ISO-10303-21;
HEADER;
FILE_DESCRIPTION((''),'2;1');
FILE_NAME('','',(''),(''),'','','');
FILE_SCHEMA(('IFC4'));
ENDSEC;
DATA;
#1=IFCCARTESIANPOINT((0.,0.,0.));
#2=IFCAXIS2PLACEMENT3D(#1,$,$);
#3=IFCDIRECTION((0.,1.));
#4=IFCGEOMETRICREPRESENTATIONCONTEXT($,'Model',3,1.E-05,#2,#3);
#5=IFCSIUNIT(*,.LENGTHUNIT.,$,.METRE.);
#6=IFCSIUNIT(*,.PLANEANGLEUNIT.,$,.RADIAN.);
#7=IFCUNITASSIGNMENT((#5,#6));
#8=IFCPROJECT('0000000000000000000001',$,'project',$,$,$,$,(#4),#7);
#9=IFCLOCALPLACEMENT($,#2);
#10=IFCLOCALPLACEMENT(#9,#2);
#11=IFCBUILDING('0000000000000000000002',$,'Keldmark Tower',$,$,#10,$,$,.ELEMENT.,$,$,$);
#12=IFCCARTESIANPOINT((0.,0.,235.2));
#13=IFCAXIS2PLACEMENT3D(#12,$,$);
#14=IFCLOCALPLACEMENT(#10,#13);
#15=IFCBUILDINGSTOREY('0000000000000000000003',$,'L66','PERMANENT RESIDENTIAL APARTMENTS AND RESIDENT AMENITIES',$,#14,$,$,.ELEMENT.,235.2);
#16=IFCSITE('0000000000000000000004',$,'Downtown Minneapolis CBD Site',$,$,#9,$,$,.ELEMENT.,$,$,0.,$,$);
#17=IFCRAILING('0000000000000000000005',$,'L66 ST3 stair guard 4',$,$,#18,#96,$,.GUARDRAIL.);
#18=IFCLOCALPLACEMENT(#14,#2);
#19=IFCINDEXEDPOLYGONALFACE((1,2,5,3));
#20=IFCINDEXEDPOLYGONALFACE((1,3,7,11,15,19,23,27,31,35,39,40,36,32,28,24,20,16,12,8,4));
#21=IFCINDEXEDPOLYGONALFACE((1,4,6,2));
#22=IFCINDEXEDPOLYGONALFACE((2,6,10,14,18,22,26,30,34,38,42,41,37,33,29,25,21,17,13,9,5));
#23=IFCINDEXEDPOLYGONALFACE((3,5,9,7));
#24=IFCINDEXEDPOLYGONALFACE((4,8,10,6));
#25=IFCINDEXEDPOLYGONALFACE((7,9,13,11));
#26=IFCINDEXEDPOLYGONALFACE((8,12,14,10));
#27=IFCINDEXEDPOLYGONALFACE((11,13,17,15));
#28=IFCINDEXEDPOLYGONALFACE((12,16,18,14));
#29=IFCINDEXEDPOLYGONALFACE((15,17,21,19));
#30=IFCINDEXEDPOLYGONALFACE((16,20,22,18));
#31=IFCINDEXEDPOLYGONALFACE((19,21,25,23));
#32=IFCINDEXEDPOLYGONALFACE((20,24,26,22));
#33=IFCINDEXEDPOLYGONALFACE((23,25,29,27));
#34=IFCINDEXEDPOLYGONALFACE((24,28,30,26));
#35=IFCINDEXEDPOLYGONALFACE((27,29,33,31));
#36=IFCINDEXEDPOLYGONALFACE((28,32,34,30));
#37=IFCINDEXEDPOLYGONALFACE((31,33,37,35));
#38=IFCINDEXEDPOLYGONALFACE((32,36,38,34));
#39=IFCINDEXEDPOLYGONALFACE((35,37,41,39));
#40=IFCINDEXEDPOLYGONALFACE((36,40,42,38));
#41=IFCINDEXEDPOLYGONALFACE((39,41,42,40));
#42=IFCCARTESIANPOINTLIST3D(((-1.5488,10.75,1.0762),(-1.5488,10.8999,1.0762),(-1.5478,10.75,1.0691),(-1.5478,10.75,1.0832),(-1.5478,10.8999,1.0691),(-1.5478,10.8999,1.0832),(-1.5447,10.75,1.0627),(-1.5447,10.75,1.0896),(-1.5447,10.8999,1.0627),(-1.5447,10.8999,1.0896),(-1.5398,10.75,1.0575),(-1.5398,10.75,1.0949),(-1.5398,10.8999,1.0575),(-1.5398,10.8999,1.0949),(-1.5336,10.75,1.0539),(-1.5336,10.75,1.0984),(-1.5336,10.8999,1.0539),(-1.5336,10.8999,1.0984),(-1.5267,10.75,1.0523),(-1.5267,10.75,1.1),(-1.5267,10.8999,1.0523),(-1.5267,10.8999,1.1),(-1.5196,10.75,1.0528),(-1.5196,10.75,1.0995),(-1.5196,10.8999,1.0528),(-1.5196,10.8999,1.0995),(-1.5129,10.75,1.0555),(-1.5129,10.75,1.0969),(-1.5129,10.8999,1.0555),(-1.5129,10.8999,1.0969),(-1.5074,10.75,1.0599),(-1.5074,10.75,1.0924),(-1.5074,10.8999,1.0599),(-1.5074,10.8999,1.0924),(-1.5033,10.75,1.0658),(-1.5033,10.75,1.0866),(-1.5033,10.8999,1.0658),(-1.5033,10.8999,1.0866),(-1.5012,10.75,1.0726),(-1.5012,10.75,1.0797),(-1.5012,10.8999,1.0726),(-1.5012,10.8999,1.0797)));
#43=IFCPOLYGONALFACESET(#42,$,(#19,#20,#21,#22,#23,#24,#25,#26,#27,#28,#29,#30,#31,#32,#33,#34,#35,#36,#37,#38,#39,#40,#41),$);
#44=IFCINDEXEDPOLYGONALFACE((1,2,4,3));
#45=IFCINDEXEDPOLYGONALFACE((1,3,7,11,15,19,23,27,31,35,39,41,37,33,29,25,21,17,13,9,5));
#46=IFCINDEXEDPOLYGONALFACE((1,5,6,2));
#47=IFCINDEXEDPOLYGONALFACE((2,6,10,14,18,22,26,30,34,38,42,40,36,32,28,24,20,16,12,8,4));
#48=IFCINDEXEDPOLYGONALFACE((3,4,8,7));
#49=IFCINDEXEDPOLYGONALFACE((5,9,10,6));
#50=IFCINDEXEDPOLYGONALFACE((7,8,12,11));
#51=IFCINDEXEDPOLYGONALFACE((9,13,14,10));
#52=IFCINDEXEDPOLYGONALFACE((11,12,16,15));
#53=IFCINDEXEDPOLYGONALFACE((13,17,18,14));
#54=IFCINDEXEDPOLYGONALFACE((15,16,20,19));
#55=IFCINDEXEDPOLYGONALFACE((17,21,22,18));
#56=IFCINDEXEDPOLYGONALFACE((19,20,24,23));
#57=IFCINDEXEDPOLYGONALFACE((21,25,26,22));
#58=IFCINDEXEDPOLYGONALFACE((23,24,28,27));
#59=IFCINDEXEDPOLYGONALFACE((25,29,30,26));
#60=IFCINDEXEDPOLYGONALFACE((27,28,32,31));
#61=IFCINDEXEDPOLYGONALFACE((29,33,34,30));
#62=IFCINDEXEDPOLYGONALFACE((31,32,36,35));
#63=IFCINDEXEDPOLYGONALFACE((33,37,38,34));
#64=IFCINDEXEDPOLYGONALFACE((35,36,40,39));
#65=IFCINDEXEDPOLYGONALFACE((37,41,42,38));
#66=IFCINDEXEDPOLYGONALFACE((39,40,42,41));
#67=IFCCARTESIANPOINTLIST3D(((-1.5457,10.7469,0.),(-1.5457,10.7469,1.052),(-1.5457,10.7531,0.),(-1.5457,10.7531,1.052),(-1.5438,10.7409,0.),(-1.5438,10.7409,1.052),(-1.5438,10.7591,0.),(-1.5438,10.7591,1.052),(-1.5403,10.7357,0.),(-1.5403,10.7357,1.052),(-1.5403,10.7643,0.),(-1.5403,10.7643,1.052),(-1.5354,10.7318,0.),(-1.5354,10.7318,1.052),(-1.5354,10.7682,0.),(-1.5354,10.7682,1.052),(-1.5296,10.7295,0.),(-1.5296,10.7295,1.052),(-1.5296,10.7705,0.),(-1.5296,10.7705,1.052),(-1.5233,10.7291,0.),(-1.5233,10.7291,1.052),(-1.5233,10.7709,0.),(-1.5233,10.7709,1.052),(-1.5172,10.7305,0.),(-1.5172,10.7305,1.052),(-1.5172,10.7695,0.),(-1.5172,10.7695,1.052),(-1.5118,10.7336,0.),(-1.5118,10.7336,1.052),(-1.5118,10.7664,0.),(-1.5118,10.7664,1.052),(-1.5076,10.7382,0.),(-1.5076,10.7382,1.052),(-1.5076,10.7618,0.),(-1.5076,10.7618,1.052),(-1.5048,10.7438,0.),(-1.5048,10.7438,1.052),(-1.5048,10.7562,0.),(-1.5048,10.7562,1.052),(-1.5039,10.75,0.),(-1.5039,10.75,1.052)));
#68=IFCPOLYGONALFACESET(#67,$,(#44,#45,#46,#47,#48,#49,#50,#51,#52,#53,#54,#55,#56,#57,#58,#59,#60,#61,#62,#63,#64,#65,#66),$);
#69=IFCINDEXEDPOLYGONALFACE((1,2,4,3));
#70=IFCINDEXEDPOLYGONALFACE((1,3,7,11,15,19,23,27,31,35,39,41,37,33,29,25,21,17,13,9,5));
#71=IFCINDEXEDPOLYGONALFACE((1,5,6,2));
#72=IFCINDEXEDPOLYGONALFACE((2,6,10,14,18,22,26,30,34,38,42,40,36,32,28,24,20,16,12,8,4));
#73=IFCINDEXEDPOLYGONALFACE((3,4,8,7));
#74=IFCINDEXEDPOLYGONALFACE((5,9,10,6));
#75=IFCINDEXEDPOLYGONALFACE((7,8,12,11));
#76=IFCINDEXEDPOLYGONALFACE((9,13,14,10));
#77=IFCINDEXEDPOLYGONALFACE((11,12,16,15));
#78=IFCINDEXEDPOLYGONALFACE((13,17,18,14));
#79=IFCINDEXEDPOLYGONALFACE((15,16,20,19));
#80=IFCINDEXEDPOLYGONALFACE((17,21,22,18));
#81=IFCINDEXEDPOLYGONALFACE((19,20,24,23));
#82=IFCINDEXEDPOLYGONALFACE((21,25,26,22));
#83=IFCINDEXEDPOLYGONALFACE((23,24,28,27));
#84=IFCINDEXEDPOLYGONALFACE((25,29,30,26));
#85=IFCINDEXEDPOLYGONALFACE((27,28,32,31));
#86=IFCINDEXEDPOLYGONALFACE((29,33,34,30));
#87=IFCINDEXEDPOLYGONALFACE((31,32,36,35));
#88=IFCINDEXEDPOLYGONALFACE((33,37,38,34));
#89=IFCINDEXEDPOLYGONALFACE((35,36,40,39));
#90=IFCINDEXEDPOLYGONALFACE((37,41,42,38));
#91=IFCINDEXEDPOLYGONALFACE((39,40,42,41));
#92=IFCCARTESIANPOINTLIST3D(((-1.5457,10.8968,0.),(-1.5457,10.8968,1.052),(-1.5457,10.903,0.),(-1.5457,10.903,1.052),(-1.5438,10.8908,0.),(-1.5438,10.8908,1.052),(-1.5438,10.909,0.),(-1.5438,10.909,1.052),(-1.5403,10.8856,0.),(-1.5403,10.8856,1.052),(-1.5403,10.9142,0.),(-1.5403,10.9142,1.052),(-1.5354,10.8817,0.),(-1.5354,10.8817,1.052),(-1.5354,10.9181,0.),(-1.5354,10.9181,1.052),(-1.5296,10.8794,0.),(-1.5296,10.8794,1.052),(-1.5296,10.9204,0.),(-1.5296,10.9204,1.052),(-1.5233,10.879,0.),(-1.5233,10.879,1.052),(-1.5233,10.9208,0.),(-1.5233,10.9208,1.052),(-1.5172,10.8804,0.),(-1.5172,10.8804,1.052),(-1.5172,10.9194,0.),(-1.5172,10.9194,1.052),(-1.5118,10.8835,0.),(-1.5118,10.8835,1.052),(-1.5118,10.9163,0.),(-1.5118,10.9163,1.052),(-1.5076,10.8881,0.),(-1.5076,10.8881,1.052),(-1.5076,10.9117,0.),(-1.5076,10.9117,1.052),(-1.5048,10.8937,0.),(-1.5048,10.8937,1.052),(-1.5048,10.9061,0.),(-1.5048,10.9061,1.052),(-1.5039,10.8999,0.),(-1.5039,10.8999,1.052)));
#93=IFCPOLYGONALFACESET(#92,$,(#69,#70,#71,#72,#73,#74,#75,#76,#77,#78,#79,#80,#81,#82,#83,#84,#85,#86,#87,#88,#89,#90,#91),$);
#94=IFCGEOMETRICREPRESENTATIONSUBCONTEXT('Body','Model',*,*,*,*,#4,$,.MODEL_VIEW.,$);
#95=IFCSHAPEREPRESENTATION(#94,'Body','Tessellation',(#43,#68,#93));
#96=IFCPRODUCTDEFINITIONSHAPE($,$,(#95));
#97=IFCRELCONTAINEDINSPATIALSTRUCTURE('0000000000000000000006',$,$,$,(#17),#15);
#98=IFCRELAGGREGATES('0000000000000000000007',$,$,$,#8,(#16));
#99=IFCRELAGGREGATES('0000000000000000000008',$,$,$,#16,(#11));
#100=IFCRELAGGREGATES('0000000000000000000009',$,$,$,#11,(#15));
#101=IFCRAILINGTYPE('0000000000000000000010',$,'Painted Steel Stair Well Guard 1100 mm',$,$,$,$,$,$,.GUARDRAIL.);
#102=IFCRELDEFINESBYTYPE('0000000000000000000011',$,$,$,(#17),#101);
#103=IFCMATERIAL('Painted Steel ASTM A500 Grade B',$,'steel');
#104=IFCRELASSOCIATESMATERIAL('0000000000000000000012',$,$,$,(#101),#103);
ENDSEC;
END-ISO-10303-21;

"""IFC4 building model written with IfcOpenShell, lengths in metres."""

from ifc_helpers import new_model, si_unit, direction, frame, origin, origin_2d, place, context, subcontext, project, spatial, circle, extrude, material, type_object, element, save


model = new_model("IFC4")

# Units and contexts
model_context = context("Model", 3, precision=1e-05, world=origin(), true_north=direction((0.0, 1.0)))
body_context = subcontext(model_context, "Body", "Model", "MODEL_VIEW")
ifc_project = project(units=[si_unit("LENGTHUNIT", "METRE"), si_unit("PLANEANGLEUNIT", "RADIAN")], contexts=[model_context])

# Site, building, storey
site_placement = place(None, origin())
site = spatial("IfcSite", under=ifc_project, at=site_placement, Name="Downtown Minneapolis CBD Site", CompositionType="ELEMENT", RefElevation=0.0)
building_placement = place(site_placement, origin())
building = spatial("IfcBuilding", under=site, at=building_placement, Name="Keldmark Tower", CompositionType="ELEMENT")
storey_placement = place(building_placement, frame((0.0, 0.0, 235.2)))
storey = spatial("IfcBuildingStorey", under=building, at=storey_placement, Name="L66", Description="PERMANENT RESIDENTIAL APARTMENTS AND RESIDENT AMENITIES", CompositionType="ELEMENT", Elevation=235.2)

# Railing
ifc_material_1 = material(Name="Painted Steel ASTM A500 Grade B", Category="steel")
railing_type_1 = type_object("IfcRailingType", Name="Painted Steel Stair Well Guard 1100 mm", PredefinedType="GUARDRAIL", material=ifc_material_1)
railing_1_placement = place(storey_placement, frame((-1.5249, 10.75, 0.0)))
element("IfcRailing", 1, at=railing_1_placement, inside=storey, type_object=railing_type_1, Name="L66 ST3 stair guard 4", PredefinedType="GUARDRAIL", context=body_context, shape_type="SweptSolid", body=[
    extrude(circle(Radius=0.0239, at=origin_2d()), frame((0.0, 0.0, 1.0762), z_axis=(0.0, 1.0, 0.0), x_axis=(-1.0, 0.0, 0.0)), (0.0, 0.0, 1.0), 0.1499),
    extrude(circle(Radius=0.021, at=origin_2d()), origin(), (0.0, 0.0, 1.0), 1.052),
    extrude(circle(Radius=0.021, at=origin_2d()), frame((0.0, 0.1499, 0.0)), (0.0, 0.0, 1.0), 1.052),
])

save(model, "model.ifc")
